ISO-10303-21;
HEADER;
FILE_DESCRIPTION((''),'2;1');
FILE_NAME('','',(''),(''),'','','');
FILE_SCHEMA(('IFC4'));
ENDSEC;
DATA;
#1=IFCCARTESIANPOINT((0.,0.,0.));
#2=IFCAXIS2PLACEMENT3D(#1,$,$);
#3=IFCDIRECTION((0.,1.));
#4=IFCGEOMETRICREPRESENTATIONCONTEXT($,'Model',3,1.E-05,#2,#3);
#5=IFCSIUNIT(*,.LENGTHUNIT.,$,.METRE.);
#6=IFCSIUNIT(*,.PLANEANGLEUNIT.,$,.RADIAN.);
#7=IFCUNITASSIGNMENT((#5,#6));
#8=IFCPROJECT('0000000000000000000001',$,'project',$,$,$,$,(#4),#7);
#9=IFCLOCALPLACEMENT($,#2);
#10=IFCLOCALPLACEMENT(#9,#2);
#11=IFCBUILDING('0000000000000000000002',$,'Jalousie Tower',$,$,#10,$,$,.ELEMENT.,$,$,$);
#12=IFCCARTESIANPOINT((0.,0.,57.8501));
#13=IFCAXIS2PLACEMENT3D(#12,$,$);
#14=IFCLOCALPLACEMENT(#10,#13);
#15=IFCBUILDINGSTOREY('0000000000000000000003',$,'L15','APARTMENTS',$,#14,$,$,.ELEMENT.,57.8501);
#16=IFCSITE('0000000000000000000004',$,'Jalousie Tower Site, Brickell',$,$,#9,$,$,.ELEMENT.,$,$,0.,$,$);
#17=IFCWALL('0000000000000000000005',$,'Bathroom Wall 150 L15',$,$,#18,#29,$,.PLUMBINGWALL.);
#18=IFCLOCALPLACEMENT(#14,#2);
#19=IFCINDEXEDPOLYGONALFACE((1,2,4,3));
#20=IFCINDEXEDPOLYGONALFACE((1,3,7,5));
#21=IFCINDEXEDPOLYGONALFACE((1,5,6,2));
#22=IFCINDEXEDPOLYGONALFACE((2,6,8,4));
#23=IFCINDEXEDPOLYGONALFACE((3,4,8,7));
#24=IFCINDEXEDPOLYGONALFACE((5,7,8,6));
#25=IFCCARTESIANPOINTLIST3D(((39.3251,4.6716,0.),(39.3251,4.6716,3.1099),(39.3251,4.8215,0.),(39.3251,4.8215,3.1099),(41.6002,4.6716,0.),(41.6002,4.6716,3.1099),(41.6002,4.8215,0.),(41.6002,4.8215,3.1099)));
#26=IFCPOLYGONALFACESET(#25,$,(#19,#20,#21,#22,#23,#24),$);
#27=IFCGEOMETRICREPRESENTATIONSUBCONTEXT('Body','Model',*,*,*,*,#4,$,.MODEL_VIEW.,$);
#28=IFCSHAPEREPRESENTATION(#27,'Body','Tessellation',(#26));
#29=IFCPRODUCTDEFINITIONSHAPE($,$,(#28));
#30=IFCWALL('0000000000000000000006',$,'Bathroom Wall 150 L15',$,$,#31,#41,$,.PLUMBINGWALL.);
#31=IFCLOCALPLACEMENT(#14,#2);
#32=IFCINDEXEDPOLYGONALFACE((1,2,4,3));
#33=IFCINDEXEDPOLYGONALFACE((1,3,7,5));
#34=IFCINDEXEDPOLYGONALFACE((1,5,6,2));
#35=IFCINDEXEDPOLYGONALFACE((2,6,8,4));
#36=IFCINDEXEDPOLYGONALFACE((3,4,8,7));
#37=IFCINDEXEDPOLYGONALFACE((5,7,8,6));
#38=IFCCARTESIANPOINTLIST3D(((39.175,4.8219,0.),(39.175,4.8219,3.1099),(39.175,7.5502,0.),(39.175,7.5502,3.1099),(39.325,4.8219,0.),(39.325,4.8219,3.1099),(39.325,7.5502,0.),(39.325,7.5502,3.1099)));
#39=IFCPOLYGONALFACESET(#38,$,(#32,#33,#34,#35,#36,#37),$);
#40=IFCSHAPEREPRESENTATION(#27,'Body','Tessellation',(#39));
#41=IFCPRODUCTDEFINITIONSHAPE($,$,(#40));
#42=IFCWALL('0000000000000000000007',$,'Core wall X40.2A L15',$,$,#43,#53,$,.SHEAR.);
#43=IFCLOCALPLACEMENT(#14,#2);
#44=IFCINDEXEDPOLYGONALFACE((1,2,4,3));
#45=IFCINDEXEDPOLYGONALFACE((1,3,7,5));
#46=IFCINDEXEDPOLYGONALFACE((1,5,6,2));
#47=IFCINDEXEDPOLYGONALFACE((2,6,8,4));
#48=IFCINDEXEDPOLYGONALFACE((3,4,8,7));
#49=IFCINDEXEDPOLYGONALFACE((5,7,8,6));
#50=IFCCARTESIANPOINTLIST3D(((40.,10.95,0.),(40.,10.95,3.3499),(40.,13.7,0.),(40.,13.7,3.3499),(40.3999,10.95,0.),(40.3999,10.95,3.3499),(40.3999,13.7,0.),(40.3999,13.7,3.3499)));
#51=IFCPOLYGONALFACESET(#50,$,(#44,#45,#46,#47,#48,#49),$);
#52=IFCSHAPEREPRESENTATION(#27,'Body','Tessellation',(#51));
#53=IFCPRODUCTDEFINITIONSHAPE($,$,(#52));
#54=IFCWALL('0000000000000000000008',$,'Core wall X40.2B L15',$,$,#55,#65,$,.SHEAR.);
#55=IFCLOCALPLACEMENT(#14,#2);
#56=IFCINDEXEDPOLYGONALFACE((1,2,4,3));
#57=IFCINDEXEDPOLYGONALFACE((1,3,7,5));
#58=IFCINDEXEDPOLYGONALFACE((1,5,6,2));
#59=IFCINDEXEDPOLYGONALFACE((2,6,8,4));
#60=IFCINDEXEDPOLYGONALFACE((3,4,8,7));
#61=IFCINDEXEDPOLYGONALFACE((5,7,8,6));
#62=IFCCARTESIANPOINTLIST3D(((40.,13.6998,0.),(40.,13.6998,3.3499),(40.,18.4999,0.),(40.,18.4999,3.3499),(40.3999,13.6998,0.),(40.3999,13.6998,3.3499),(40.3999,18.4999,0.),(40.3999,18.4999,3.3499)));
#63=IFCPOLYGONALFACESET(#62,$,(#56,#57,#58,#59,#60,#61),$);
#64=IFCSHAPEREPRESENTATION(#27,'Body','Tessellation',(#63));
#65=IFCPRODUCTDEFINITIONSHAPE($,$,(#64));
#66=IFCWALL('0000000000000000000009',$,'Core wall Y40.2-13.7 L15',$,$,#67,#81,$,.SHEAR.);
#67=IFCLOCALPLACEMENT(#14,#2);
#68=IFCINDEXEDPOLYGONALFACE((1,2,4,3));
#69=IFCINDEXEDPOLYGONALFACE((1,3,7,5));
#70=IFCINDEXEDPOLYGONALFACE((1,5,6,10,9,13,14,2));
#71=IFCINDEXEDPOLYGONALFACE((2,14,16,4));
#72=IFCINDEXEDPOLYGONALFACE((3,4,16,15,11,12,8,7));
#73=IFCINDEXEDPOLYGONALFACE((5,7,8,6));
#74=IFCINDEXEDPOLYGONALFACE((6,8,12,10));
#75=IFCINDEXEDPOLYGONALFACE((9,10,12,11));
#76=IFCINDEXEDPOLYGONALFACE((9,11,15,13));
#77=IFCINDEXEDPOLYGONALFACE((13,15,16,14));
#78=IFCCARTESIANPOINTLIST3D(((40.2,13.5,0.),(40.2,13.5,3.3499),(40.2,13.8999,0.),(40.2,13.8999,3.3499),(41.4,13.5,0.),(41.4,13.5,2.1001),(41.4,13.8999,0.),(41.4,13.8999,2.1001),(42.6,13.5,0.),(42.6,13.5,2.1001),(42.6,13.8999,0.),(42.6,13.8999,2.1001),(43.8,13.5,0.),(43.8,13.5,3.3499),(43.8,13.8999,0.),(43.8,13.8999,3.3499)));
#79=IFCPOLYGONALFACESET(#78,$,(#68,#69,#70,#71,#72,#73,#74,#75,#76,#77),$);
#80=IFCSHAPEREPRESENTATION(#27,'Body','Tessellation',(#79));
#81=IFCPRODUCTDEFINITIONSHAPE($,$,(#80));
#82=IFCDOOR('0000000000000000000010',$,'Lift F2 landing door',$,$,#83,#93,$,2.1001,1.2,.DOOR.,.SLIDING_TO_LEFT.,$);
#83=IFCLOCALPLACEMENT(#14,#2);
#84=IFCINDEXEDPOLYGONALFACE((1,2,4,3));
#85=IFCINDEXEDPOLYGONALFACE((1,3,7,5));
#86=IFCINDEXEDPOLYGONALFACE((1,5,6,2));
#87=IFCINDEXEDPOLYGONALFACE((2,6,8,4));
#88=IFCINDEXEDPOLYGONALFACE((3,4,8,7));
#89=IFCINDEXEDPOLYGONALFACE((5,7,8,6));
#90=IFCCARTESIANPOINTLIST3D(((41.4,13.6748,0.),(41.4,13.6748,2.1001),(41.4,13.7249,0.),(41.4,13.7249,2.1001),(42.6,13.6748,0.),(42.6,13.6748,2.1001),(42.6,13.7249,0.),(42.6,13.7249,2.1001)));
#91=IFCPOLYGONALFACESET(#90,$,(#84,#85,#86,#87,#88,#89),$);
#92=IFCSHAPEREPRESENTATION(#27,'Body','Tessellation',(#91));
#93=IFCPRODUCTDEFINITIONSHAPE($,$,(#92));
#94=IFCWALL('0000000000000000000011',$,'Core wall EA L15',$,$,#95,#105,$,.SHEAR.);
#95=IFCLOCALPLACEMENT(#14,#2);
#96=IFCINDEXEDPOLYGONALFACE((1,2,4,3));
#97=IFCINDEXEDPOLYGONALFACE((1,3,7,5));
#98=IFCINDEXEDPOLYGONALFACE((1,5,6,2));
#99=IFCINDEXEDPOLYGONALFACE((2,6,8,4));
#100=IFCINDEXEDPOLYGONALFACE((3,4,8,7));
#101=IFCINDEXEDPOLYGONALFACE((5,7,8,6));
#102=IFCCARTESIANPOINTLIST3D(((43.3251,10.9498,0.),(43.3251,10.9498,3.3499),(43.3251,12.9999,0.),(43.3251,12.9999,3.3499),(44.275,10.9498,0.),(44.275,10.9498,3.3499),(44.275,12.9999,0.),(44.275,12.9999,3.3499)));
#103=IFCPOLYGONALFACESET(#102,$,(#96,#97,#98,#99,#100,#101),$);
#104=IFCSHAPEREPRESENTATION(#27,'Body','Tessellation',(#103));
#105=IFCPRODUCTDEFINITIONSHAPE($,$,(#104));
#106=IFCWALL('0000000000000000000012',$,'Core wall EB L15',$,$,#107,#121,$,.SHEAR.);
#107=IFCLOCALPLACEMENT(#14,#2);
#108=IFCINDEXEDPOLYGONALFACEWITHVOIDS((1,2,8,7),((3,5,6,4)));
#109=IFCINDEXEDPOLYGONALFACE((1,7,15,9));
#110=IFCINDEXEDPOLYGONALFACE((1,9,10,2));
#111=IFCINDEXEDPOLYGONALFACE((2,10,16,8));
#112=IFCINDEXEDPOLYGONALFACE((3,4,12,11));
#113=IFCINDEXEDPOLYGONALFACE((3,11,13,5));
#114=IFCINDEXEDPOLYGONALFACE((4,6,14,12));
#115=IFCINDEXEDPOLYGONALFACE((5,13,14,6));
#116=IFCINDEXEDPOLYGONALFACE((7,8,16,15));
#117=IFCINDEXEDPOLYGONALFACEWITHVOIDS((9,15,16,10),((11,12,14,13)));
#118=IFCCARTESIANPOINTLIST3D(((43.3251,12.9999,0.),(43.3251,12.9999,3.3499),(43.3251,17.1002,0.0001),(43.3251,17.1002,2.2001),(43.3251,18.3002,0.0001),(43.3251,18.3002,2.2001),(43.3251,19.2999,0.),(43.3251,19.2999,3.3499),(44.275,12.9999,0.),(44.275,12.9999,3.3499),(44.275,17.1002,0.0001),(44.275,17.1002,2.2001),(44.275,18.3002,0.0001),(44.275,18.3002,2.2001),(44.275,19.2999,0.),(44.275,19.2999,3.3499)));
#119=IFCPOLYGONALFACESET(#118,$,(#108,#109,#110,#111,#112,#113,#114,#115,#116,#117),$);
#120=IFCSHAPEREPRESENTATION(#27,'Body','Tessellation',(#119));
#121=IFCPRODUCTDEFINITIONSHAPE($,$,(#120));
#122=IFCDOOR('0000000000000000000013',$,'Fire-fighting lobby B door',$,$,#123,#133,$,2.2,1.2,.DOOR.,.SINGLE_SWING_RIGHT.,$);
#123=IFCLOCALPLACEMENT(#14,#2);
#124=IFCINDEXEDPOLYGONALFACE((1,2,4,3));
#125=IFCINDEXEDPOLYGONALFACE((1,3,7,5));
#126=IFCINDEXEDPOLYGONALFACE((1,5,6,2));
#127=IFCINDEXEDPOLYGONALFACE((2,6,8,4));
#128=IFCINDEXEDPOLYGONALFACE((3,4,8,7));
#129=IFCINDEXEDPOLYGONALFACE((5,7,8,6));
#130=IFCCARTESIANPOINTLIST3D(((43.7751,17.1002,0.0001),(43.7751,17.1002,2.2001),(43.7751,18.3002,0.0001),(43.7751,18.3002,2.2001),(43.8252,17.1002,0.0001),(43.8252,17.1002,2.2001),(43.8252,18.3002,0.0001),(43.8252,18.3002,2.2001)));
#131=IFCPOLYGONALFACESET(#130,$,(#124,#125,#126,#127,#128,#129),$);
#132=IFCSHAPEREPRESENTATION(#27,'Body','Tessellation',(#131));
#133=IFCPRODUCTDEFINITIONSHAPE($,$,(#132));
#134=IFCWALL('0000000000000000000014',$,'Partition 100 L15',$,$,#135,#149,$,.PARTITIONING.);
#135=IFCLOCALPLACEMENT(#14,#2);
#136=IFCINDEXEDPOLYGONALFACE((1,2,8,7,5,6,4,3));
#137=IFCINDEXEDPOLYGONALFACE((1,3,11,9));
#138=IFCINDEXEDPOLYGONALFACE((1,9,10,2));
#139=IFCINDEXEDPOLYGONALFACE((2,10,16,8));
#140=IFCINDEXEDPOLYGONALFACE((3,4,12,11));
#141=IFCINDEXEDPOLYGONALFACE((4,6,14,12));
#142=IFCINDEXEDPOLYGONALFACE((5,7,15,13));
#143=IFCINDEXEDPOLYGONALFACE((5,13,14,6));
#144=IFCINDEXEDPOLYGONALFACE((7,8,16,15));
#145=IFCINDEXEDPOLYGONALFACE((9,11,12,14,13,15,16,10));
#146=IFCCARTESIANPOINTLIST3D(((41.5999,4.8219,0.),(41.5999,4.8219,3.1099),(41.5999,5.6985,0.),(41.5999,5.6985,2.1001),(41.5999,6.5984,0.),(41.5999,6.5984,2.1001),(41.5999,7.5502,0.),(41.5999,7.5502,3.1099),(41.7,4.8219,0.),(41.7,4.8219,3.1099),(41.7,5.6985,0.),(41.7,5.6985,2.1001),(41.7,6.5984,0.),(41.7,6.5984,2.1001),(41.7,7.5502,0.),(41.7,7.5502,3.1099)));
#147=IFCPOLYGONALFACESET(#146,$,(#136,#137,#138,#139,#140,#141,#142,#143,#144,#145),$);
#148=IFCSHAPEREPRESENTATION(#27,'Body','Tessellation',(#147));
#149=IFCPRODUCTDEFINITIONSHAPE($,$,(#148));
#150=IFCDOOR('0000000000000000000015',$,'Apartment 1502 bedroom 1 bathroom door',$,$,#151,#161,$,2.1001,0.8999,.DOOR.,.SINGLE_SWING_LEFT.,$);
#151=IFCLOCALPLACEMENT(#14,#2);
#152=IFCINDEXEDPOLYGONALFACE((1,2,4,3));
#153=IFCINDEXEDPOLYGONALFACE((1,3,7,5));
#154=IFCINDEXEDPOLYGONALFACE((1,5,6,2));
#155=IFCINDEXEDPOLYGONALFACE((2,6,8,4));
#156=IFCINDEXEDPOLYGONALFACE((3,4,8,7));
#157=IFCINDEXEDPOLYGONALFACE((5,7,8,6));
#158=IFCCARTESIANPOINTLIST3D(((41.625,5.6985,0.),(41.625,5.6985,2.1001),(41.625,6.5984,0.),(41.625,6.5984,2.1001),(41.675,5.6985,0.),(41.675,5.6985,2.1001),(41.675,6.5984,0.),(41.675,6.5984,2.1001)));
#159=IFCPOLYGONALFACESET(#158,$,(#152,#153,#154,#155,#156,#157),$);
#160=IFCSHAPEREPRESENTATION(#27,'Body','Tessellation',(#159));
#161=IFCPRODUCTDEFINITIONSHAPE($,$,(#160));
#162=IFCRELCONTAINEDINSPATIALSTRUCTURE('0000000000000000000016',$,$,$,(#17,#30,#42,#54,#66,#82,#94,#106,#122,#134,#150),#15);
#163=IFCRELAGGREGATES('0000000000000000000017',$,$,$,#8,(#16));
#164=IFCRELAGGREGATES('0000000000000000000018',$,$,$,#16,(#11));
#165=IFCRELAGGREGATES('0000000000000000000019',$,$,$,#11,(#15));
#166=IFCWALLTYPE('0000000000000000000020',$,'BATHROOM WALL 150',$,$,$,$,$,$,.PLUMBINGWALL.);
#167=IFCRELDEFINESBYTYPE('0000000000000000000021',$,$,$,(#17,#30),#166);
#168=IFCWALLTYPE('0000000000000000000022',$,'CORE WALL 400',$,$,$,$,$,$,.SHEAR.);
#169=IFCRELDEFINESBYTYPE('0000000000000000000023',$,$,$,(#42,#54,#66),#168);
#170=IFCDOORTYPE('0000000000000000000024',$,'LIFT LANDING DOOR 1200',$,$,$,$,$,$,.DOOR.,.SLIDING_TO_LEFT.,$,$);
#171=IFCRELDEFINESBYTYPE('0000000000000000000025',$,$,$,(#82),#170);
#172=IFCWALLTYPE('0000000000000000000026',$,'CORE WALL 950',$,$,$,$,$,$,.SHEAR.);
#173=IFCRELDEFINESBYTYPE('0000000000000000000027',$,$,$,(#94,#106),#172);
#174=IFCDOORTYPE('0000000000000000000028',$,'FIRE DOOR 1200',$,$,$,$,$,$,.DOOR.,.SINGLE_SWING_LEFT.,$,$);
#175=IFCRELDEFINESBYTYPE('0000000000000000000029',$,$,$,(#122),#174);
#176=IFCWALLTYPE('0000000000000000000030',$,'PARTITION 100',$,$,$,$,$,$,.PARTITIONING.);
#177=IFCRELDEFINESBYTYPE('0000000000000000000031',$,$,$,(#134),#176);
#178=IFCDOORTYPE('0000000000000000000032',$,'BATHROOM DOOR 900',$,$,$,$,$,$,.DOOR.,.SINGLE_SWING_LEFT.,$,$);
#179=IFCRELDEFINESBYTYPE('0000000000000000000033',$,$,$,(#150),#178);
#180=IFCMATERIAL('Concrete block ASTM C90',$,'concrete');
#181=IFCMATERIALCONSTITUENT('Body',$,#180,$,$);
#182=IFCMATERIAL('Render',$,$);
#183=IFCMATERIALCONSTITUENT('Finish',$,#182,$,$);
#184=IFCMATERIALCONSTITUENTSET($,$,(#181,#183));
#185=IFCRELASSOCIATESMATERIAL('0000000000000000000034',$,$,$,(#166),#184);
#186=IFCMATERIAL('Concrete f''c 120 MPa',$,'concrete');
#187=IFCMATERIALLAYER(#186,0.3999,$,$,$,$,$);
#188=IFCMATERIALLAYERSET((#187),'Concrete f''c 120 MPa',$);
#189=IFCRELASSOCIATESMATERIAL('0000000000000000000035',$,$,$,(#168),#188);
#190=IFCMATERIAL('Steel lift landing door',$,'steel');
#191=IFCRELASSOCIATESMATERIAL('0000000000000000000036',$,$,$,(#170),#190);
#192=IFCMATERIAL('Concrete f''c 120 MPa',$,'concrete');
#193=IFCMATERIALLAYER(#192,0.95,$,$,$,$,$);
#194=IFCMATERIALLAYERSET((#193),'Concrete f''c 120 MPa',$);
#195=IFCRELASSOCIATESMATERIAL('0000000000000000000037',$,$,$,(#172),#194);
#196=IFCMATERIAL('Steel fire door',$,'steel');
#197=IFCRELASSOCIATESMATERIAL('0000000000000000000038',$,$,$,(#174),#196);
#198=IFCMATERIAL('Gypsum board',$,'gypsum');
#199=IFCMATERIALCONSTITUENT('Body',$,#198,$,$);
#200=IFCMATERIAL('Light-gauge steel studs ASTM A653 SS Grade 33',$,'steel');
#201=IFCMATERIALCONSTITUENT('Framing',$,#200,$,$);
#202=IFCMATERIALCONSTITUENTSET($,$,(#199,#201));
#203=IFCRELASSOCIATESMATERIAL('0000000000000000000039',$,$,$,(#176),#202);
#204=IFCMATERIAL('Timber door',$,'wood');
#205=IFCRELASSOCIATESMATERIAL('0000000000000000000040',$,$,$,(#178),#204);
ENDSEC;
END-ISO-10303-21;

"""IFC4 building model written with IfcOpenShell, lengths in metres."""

from ifc_helpers import new_model, si_unit, direction, frame, frame_2d, origin, place, context, subcontext, project, spatial, rectangle, extrude, material, layer, layer_set, constituent, constituent_set, type_object, element, fill, save


model = new_model("IFC4")

# Units and contexts
model_context = context("Model", 3, precision=1e-05, world=origin(), true_north=direction((0.0, 1.0)))
body_context = subcontext(model_context, "Body", "Model", "MODEL_VIEW")
ifc_project = project(units=[si_unit("LENGTHUNIT", "METRE"), si_unit("PLANEANGLEUNIT", "RADIAN")], contexts=[model_context])

# Site, building, storey
site_placement = place(None, origin())
site = spatial("IfcSite", under=ifc_project, at=site_placement, Name="Jalousie Tower Site, Brickell", CompositionType="ELEMENT", RefElevation=0.0)
building_placement = place(site_placement, origin())
building = spatial("IfcBuilding", under=site, at=building_placement, Name="Jalousie Tower", CompositionType="ELEMENT")
storey_placement = place(building_placement, frame((0.0, 0.0, 57.8501)))
storey = spatial("IfcBuildingStorey", under=building, at=storey_placement, Name="L15", Description="APARTMENTS", CompositionType="ELEMENT", Elevation=57.8501)

# Walls
ifc_material_1 = material(Name="Concrete block ASTM C90", Category="concrete")
ifc_constituent_1 = constituent(ifc_material_1, Name="Body")
ifc_material_2 = material(Name="Render")
ifc_constituent_2 = constituent(ifc_material_2, Name="Finish")
ifc_constituent_set_1 = constituent_set(constituents=[ifc_constituent_1, ifc_constituent_2])
wall_type_1 = type_object("IfcWallType", Name="BATHROOM WALL 150", PredefinedType="PLUMBINGWALL", material=ifc_constituent_set_1)
wall_1_placement = place(storey_placement, frame((39.325, 4.7466, 0.0), z_axis=(0.0, 0.0, 1.0), x_axis=(1.0, 0.0, 0.0)))
element("IfcWall", 1, at=wall_1_placement, inside=storey, type_object=wall_type_1, Name="Bathroom Wall 150 L15", PredefinedType="PLUMBINGWALL", context=body_context, shape_type="SweptSolid", body=[
    extrude(rectangle(XDim=2.2751, YDim=0.1499, at=frame_2d((1.1377, 0.0))), origin(), (0.0, 0.0, 1.0), 3.1099),
])
wall_2_placement = place(storey_placement, frame((39.25, 4.8218, 0.0), z_axis=(0.0, 0.0, 1.0), x_axis=(0.0, 1.0, 0.0)))
element("IfcWall", 2, at=wall_2_placement, inside=storey, type_object=wall_type_1, Name="Bathroom Wall 150 L15", PredefinedType="PLUMBINGWALL", context=body_context, shape_type="SweptSolid", body=[
    extrude(rectangle(XDim=2.7283, YDim=0.1499, at=frame_2d((1.3643, 0.0))), origin(), (0.0, 0.0, 1.0), 3.1099),
])
ifc_material_3 = material(Name="Concrete f'c 120 MPa", Category="concrete")
ifc_layer_1 = layer(ifc_material_3, 0.3999)
ifc_layer_set_1 = layer_set([ifc_layer_1], Name="Concrete f'c 120 MPa")
wall_type_2 = type_object("IfcWallType", Name="CORE WALL 400", PredefinedType="SHEAR", material=ifc_layer_set_1)
wall_3_placement = place(storey_placement, frame((40.2, 10.95, 0.0), z_axis=(0.0, 0.0, 1.0), x_axis=(0.0, 1.0, 0.0)))
element("IfcWall", 3, at=wall_3_placement, inside=storey, type_object=wall_type_2, Name="Core wall X40.2A L15", PredefinedType="SHEAR", context=body_context, shape_type="SweptSolid", body=[
    extrude(rectangle(XDim=2.75, YDim=0.3999, at=frame_2d((1.375, 0.0))), origin(), (0.0, 0.0, 1.0), 3.3499),
])
wall_4_placement = place(storey_placement, frame((40.2, 13.7, 0.0), z_axis=(0.0, 0.0, 1.0), x_axis=(0.0, 1.0, 0.0)))
element("IfcWall", 4, at=wall_4_placement, inside=storey, type_object=wall_type_2, Name="Core wall X40.2B L15", PredefinedType="SHEAR", context=body_context, shape_type="SweptSolid", body=[
    extrude(rectangle(XDim=4.8, YDim=0.3999, at=frame_2d((2.3999, 0.0))), origin(), (0.0, 0.0, 1.0), 3.3499),
])

# Wall, opening, door
wall_5_placement = place(storey_placement, frame((40.2, 13.7, 0.0), z_axis=(0.0, 0.0, 1.0), x_axis=(1.0, 0.0, 0.0)))
wall_5 = element("IfcWall", 5, at=wall_5_placement, inside=storey, type_object=wall_type_2, Name="Core wall Y40.2-13.7 L15", PredefinedType="SHEAR", context=body_context, shape_type="SweptSolid", body=[
    extrude(rectangle(XDim=3.6001, YDim=0.3999, at=frame_2d((1.8, 0.0))), origin(), (0.0, 0.0, 1.0), 3.3499),
])
opening_1_placement = place(wall_5_placement, frame((1.2, 0.0, 0.0)))
opening_1 = element("IfcOpeningElement", 6, at=opening_1_placement, cuts=wall_5, PredefinedType="OPENING", context=body_context, shape_type="SweptSolid", body=[
    extrude(rectangle(XDim=1.2, YDim=2.1001, at=frame_2d((0.6001, 1.05))), frame((0.0, 0.21, 0.0), z_axis=(0.0, -1.0, 0.0), x_axis=(1.0, 0.0, 0.0)), (0.0, 0.0, 1.0), 0.4199),
])
ifc_material_4 = material(Name="Steel lift landing door", Category="steel")
door_type_1 = type_object("IfcDoorType", Name="LIFT LANDING DOOR 1200", OperationType="SLIDING_TO_LEFT", PredefinedType="DOOR", material=ifc_material_4)
door_1_placement = place(opening_1_placement, origin())
door_1 = element("IfcDoor", 7, at=door_1_placement, inside=storey, type_object=door_type_1, Name="Lift F2 landing door", OperationType="SLIDING_TO_LEFT", OverallHeight=2.1001, OverallWidth=1.2, PredefinedType="DOOR", context=body_context, shape_type="SweptSolid", body=[
    extrude(rectangle(XDim=1.2, YDim=2.1001, at=frame_2d((0.6001, 1.05))), frame((0.0, 0.0249, 0.0), z_axis=(0.0, -1.0, 0.0), x_axis=(1.0, 0.0, 0.0)), (0.0, 0.0, 1.0), 0.05),
])
fill(opening_1, door_1)

# Wall
ifc_material_5 = material(Name="Concrete f'c 120 MPa", Category="concrete")
ifc_layer_2 = layer(ifc_material_5, 0.95)
ifc_layer_set_2 = layer_set([ifc_layer_2], Name="Concrete f'c 120 MPa")
wall_type_3 = type_object("IfcWallType", Name="CORE WALL 950", PredefinedType="SHEAR", material=ifc_layer_set_2)
wall_6_placement = place(storey_placement, frame((43.8, 10.95, 0.0), z_axis=(0.0, 0.0, 1.0), x_axis=(0.0, 1.0, 0.0)))
element("IfcWall", 8, at=wall_6_placement, inside=storey, type_object=wall_type_3, Name="Core wall EA L15", PredefinedType="SHEAR", context=body_context, shape_type="SweptSolid", body=[
    extrude(rectangle(XDim=2.05, YDim=0.95, at=frame_2d((1.0249, 0.0))), origin(), (0.0, 0.0, 1.0), 3.3499),
])

# Walls, openings, doors
wall_7_placement = place(storey_placement, frame((43.8, 13.0, 0.0), z_axis=(0.0, 0.0, 1.0), x_axis=(0.0, 1.0, 0.0)))
wall_7 = element("IfcWall", 9, at=wall_7_placement, inside=storey, type_object=wall_type_3, Name="Core wall EB L15", PredefinedType="SHEAR", context=body_context, shape_type="SweptSolid", body=[
    extrude(rectangle(XDim=6.3, YDim=0.95, at=frame_2d((3.1499, 0.0))), origin(), (0.0, 0.0, 1.0), 3.3499),
])
opening_2_placement = place(wall_7_placement, frame((4.1001, 0.0, 0.0)))
opening_2 = element("IfcOpeningElement", 10, at=opening_2_placement, cuts=wall_7, PredefinedType="OPENING", context=body_context, shape_type="SweptSolid", body=[
    extrude(rectangle(XDim=1.2, YDim=2.2, at=frame_2d((0.6001, 1.1001))), frame((0.0, 0.4849, 0.0), z_axis=(0.0, -1.0, 0.0), x_axis=(1.0, 0.0, 0.0)), (0.0, 0.0, 1.0), 0.97),
])
ifc_material_6 = material(Name="Steel fire door", Category="steel")
door_type_2 = type_object("IfcDoorType", Name="FIRE DOOR 1200", OperationType="SINGLE_SWING_LEFT", PredefinedType="DOOR", material=ifc_material_6)
door_2_placement = place(opening_2_placement, origin())
door_2 = element("IfcDoor", 11, at=door_2_placement, inside=storey, type_object=door_type_2, Name="Fire-fighting lobby B door", OperationType="SINGLE_SWING_RIGHT", OverallHeight=2.2, OverallWidth=1.2, PredefinedType="DOOR", context=body_context, shape_type="SweptSolid", body=[
    extrude(rectangle(XDim=1.2, YDim=2.2, at=frame_2d((0.6001, 1.1001))), frame((0.0, 0.0249, 0.0), z_axis=(0.0, -1.0, 0.0), x_axis=(1.0, 0.0, 0.0)), (0.0, 0.0, 1.0), 0.05),
])
fill(opening_2, door_2)
ifc_material_7 = material(Name="Gypsum board", Category="gypsum")
ifc_constituent_3 = constituent(ifc_material_7, Name="Body")
ifc_material_8 = material(Name="Light-gauge steel studs ASTM A653 SS Grade 33", Category="steel")
ifc_constituent_4 = constituent(ifc_material_8, Name="Framing")
ifc_constituent_set_2 = constituent_set(constituents=[ifc_constituent_3, ifc_constituent_4])
wall_type_4 = type_object("IfcWallType", Name="PARTITION 100", PredefinedType="PARTITIONING", material=ifc_constituent_set_2)
wall_8_placement = place(storey_placement, frame((41.6499, 4.8218, 0.0), z_axis=(0.0, 0.0, 1.0), x_axis=(0.0, 1.0, 0.0)))
wall_8 = element("IfcWall", 12, at=wall_8_placement, inside=storey, type_object=wall_type_4, Name="Partition 100 L15", PredefinedType="PARTITIONING", context=body_context, shape_type="SweptSolid", body=[
    extrude(rectangle(XDim=2.7283, YDim=0.1001, at=frame_2d((1.3643, 0.0))), origin(), (0.0, 0.0, 1.0), 3.1099),
])
opening_3_placement = place(wall_8_placement, frame((0.8767, 0.0, 0.0)))
opening_3 = element("IfcOpeningElement", 13, at=opening_3_placement, cuts=wall_8, PredefinedType="OPENING", context=body_context, shape_type="SweptSolid", body=[
    extrude(rectangle(XDim=0.8999, YDim=2.1001, at=frame_2d((0.45, 1.05))), frame((0.0, 0.0601, 0.0), z_axis=(0.0, -1.0, 0.0), x_axis=(1.0, 0.0, 0.0)), (0.0, 0.0, 1.0), 0.1201),
])
ifc_material_9 = material(Name="Timber door", Category="wood")
door_type_3 = type_object("IfcDoorType", Name="BATHROOM DOOR 900", OperationType="SINGLE_SWING_LEFT", PredefinedType="DOOR", material=ifc_material_9)
door_3_placement = place(opening_3_placement, origin())
door_3 = element("IfcDoor", 14, at=door_3_placement, inside=storey, type_object=door_type_3, Name="Apartment 1502 bedroom 1 bathroom door", OperationType="SINGLE_SWING_LEFT", OverallHeight=2.1001, OverallWidth=0.8999, PredefinedType="DOOR", context=body_context, shape_type="SweptSolid", body=[
    extrude(rectangle(XDim=0.8999, YDim=2.1001, at=frame_2d((0.45, 1.05))), frame((0.0, 0.0249, 0.0), z_axis=(0.0, -1.0, 0.0), x_axis=(1.0, 0.0, 0.0)), (0.0, 0.0, 1.0), 0.05),
])
fill(opening_3, door_3)

save(model, "model.ifc")
